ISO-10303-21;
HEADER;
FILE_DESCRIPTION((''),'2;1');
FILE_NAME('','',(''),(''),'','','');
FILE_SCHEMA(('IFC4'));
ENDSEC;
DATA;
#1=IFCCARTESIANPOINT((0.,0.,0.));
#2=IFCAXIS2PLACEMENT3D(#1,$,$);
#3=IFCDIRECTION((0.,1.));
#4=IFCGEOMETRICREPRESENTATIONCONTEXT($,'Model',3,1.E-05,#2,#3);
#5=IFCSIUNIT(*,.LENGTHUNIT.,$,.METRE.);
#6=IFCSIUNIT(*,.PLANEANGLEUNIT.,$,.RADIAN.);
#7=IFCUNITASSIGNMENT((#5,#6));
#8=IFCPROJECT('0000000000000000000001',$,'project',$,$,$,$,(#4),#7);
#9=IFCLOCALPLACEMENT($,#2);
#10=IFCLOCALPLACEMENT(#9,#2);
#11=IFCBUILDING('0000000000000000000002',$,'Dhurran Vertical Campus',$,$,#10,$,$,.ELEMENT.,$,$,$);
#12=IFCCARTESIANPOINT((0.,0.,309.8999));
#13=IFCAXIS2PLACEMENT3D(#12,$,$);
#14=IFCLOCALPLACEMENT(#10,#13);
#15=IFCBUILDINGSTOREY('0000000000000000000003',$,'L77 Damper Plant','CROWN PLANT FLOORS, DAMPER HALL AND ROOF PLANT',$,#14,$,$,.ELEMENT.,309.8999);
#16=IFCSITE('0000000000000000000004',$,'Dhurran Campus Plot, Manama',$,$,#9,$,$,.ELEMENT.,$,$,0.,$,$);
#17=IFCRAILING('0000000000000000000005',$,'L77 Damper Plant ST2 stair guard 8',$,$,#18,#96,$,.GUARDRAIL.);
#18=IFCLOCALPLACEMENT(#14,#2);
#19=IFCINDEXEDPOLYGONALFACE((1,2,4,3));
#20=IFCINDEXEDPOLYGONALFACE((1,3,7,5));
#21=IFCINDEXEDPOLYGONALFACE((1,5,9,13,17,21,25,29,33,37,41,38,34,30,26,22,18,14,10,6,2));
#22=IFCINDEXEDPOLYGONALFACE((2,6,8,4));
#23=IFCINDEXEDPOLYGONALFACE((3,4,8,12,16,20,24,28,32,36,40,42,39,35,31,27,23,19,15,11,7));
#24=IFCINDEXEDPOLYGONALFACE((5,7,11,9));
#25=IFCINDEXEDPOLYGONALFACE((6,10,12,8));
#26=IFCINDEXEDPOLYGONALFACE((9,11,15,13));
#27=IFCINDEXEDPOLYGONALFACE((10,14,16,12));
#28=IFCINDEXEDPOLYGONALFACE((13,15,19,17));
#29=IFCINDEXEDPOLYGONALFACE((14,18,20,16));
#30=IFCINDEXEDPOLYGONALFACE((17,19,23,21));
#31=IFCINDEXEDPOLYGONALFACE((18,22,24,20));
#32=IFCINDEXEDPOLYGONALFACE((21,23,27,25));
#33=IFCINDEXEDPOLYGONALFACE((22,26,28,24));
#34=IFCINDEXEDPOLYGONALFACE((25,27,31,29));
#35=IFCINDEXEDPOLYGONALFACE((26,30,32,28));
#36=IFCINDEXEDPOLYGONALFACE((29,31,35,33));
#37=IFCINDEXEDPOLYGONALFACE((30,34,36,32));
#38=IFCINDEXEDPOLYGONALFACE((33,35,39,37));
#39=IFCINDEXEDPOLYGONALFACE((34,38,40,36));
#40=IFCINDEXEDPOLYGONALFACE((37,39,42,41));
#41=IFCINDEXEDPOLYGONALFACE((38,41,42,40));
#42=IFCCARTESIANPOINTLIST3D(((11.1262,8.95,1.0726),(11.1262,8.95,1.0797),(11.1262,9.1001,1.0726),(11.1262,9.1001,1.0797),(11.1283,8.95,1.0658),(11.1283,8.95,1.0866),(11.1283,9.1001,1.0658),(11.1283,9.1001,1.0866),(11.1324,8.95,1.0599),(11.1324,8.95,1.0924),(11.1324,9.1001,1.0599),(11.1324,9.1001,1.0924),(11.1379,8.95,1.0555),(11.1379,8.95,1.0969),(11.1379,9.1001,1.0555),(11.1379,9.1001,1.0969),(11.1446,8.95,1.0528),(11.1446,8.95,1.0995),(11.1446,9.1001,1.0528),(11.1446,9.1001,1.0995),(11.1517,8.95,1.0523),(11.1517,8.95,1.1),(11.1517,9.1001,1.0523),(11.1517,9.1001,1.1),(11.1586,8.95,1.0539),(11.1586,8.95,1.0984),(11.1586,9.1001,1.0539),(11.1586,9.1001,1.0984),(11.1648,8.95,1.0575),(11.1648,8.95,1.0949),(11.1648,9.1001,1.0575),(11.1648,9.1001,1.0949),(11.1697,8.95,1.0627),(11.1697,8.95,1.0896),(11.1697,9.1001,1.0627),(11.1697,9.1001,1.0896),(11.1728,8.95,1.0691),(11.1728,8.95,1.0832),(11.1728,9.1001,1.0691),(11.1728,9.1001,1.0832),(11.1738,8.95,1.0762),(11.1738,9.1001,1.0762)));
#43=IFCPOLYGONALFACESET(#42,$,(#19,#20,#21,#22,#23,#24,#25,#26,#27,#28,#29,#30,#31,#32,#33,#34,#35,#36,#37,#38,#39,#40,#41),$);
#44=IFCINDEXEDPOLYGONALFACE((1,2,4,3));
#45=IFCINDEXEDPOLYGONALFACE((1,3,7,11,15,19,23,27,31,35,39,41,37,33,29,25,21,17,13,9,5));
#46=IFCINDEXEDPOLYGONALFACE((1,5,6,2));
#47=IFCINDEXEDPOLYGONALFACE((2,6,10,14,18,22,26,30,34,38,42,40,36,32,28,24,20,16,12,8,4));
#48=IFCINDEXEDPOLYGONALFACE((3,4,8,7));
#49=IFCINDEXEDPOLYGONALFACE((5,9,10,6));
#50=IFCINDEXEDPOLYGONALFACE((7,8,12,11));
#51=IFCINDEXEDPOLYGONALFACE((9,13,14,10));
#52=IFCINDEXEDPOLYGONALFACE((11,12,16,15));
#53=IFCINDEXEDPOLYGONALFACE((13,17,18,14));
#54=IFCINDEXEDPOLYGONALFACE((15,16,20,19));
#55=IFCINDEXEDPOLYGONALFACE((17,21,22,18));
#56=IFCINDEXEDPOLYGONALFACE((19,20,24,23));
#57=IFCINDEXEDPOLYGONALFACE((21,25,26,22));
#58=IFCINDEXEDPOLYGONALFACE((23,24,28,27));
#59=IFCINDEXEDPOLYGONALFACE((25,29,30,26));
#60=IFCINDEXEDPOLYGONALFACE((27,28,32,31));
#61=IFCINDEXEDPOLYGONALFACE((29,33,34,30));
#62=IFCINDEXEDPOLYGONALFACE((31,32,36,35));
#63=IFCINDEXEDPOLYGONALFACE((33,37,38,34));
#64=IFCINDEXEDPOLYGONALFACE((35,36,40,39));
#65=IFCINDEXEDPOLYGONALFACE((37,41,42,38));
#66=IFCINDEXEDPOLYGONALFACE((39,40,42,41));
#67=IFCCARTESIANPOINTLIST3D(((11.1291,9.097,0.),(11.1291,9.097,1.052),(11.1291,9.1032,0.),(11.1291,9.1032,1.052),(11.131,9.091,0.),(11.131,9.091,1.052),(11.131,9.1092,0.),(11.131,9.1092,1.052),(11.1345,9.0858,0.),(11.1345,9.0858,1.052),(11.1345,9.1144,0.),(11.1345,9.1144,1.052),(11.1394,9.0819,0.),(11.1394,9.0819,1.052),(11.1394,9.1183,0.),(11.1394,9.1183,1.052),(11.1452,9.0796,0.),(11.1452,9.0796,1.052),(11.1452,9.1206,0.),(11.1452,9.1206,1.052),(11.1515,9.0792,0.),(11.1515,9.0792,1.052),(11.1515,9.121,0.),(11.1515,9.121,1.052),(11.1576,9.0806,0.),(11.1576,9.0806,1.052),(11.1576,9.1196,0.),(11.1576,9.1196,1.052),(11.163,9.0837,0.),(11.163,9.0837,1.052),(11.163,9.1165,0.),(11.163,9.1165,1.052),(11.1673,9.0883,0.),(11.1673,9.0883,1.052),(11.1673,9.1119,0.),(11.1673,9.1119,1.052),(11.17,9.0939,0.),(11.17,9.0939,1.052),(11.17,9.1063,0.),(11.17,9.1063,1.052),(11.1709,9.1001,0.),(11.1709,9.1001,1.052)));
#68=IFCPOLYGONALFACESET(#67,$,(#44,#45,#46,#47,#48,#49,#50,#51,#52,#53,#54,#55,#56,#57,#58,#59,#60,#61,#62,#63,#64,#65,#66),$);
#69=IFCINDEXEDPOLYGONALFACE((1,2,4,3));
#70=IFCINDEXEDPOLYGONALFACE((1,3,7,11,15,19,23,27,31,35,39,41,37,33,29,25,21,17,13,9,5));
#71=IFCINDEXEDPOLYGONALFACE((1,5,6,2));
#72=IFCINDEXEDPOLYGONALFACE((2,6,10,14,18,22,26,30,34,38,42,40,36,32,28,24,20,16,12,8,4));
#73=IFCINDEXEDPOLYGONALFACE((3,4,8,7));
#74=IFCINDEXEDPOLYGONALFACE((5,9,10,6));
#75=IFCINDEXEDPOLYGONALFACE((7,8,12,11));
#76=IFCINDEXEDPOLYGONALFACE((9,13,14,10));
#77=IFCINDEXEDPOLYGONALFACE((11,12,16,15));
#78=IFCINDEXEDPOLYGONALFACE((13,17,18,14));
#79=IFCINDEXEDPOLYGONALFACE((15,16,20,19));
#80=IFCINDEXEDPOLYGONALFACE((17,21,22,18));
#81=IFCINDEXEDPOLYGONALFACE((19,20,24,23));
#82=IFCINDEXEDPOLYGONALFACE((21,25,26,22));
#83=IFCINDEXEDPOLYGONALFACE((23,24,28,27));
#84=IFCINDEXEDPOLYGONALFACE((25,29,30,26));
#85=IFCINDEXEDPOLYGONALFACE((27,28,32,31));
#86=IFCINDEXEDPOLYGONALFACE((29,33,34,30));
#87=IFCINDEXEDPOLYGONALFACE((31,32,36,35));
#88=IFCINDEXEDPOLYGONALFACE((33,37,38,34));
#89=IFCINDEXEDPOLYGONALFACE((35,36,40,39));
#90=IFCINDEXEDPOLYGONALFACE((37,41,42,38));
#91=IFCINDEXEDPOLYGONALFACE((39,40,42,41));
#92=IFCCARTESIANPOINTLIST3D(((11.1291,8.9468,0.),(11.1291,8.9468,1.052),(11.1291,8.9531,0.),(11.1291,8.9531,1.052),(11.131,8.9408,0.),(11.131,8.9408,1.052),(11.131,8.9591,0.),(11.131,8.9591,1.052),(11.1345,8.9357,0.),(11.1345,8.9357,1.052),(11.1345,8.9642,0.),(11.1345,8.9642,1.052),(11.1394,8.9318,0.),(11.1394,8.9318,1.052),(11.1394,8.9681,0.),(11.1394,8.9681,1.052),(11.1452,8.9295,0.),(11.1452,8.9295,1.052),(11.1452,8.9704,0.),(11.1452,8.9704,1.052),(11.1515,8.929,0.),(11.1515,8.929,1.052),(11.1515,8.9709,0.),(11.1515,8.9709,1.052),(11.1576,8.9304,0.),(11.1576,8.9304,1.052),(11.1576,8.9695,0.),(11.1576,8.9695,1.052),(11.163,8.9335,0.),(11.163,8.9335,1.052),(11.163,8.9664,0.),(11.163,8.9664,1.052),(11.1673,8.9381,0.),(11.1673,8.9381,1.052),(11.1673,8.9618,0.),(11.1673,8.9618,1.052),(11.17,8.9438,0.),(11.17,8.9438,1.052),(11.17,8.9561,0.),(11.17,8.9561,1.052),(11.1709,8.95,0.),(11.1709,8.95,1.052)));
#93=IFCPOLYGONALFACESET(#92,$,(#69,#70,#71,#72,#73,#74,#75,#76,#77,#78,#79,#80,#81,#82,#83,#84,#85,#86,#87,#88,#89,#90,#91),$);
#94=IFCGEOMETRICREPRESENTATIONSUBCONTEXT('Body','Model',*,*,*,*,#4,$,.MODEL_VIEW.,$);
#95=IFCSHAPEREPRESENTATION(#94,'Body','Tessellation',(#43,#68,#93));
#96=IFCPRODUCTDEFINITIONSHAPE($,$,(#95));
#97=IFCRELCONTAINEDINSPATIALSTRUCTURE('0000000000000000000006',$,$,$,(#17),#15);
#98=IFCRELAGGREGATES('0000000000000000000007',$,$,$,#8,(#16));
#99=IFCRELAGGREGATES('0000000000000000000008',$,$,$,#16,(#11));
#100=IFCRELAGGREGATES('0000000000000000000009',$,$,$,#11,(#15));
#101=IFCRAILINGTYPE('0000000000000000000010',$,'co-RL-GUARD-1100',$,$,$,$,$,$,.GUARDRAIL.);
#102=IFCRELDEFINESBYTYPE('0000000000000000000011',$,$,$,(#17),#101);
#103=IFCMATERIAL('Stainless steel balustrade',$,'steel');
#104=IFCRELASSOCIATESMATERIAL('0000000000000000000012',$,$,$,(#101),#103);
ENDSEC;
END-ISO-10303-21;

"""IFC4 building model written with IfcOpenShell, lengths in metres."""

from ifc_helpers import new_model, si_unit, direction, frame, origin, origin_2d, place, context, subcontext, project, spatial, circle, extrude, material, type_object, element, save


model = new_model("IFC4")

# Units and contexts
model_context = context("Model", 3, precision=1e-05, world=origin(), true_north=direction((0.0, 1.0)))
body_context = subcontext(model_context, "Body", "Model", "MODEL_VIEW")
ifc_project = project(units=[si_unit("LENGTHUNIT", "METRE"), si_unit("PLANEANGLEUNIT", "RADIAN")], contexts=[model_context])

# Site, building, storey
site_placement = place(None, origin())
site = spatial("IfcSite", under=ifc_project, at=site_placement, Name="Dhurran Campus Plot, Manama", CompositionType="ELEMENT", RefElevation=0.0)
building_placement = place(site_placement, origin())
building = spatial("IfcBuilding", under=site, at=building_placement, Name="Dhurran Vertical Campus", CompositionType="ELEMENT")
storey_placement = place(building_placement, frame((0.0, 0.0, 309.8999)))
storey = spatial("IfcBuildingStorey", under=building, at=storey_placement, Name="L77 Damper Plant", Description="CROWN PLANT FLOORS, DAMPER HALL AND ROOF PLANT", CompositionType="ELEMENT", Elevation=309.8999)

# Railing
ifc_material_1 = material(Name="Stainless steel balustrade", Category="steel")
railing_type_1 = type_object("IfcRailingType", Name="co-RL-GUARD-1100", PredefinedType="GUARDRAIL", material=ifc_material_1)
railing_placement = place(storey_placement, frame((11.1499, 9.1001, 0.0)))
element("IfcRailing", 1, at=railing_placement, inside=storey, type_object=railing_type_1, Name="L77 Damper Plant ST2 stair guard 8", PredefinedType="GUARDRAIL", context=body_context, shape_type="SweptSolid", body=[
    extrude(circle(Radius=0.0239, at=origin_2d()), frame((0.0, 0.0, 1.0762), z_axis=(0.0, -1.0, 0.0), x_axis=(1.0, 0.0, 0.0)), (0.0, 0.0, 1.0), 0.1501),
    extrude(circle(Radius=0.021, at=origin_2d()), origin(), (0.0, 0.0, 1.0), 1.052),
    extrude(circle(Radius=0.021, at=origin_2d()), frame((0.0, -0.1501, 0.0)), (0.0, 0.0, 1.0), 1.052),
])

save(model, "model.ifc")
